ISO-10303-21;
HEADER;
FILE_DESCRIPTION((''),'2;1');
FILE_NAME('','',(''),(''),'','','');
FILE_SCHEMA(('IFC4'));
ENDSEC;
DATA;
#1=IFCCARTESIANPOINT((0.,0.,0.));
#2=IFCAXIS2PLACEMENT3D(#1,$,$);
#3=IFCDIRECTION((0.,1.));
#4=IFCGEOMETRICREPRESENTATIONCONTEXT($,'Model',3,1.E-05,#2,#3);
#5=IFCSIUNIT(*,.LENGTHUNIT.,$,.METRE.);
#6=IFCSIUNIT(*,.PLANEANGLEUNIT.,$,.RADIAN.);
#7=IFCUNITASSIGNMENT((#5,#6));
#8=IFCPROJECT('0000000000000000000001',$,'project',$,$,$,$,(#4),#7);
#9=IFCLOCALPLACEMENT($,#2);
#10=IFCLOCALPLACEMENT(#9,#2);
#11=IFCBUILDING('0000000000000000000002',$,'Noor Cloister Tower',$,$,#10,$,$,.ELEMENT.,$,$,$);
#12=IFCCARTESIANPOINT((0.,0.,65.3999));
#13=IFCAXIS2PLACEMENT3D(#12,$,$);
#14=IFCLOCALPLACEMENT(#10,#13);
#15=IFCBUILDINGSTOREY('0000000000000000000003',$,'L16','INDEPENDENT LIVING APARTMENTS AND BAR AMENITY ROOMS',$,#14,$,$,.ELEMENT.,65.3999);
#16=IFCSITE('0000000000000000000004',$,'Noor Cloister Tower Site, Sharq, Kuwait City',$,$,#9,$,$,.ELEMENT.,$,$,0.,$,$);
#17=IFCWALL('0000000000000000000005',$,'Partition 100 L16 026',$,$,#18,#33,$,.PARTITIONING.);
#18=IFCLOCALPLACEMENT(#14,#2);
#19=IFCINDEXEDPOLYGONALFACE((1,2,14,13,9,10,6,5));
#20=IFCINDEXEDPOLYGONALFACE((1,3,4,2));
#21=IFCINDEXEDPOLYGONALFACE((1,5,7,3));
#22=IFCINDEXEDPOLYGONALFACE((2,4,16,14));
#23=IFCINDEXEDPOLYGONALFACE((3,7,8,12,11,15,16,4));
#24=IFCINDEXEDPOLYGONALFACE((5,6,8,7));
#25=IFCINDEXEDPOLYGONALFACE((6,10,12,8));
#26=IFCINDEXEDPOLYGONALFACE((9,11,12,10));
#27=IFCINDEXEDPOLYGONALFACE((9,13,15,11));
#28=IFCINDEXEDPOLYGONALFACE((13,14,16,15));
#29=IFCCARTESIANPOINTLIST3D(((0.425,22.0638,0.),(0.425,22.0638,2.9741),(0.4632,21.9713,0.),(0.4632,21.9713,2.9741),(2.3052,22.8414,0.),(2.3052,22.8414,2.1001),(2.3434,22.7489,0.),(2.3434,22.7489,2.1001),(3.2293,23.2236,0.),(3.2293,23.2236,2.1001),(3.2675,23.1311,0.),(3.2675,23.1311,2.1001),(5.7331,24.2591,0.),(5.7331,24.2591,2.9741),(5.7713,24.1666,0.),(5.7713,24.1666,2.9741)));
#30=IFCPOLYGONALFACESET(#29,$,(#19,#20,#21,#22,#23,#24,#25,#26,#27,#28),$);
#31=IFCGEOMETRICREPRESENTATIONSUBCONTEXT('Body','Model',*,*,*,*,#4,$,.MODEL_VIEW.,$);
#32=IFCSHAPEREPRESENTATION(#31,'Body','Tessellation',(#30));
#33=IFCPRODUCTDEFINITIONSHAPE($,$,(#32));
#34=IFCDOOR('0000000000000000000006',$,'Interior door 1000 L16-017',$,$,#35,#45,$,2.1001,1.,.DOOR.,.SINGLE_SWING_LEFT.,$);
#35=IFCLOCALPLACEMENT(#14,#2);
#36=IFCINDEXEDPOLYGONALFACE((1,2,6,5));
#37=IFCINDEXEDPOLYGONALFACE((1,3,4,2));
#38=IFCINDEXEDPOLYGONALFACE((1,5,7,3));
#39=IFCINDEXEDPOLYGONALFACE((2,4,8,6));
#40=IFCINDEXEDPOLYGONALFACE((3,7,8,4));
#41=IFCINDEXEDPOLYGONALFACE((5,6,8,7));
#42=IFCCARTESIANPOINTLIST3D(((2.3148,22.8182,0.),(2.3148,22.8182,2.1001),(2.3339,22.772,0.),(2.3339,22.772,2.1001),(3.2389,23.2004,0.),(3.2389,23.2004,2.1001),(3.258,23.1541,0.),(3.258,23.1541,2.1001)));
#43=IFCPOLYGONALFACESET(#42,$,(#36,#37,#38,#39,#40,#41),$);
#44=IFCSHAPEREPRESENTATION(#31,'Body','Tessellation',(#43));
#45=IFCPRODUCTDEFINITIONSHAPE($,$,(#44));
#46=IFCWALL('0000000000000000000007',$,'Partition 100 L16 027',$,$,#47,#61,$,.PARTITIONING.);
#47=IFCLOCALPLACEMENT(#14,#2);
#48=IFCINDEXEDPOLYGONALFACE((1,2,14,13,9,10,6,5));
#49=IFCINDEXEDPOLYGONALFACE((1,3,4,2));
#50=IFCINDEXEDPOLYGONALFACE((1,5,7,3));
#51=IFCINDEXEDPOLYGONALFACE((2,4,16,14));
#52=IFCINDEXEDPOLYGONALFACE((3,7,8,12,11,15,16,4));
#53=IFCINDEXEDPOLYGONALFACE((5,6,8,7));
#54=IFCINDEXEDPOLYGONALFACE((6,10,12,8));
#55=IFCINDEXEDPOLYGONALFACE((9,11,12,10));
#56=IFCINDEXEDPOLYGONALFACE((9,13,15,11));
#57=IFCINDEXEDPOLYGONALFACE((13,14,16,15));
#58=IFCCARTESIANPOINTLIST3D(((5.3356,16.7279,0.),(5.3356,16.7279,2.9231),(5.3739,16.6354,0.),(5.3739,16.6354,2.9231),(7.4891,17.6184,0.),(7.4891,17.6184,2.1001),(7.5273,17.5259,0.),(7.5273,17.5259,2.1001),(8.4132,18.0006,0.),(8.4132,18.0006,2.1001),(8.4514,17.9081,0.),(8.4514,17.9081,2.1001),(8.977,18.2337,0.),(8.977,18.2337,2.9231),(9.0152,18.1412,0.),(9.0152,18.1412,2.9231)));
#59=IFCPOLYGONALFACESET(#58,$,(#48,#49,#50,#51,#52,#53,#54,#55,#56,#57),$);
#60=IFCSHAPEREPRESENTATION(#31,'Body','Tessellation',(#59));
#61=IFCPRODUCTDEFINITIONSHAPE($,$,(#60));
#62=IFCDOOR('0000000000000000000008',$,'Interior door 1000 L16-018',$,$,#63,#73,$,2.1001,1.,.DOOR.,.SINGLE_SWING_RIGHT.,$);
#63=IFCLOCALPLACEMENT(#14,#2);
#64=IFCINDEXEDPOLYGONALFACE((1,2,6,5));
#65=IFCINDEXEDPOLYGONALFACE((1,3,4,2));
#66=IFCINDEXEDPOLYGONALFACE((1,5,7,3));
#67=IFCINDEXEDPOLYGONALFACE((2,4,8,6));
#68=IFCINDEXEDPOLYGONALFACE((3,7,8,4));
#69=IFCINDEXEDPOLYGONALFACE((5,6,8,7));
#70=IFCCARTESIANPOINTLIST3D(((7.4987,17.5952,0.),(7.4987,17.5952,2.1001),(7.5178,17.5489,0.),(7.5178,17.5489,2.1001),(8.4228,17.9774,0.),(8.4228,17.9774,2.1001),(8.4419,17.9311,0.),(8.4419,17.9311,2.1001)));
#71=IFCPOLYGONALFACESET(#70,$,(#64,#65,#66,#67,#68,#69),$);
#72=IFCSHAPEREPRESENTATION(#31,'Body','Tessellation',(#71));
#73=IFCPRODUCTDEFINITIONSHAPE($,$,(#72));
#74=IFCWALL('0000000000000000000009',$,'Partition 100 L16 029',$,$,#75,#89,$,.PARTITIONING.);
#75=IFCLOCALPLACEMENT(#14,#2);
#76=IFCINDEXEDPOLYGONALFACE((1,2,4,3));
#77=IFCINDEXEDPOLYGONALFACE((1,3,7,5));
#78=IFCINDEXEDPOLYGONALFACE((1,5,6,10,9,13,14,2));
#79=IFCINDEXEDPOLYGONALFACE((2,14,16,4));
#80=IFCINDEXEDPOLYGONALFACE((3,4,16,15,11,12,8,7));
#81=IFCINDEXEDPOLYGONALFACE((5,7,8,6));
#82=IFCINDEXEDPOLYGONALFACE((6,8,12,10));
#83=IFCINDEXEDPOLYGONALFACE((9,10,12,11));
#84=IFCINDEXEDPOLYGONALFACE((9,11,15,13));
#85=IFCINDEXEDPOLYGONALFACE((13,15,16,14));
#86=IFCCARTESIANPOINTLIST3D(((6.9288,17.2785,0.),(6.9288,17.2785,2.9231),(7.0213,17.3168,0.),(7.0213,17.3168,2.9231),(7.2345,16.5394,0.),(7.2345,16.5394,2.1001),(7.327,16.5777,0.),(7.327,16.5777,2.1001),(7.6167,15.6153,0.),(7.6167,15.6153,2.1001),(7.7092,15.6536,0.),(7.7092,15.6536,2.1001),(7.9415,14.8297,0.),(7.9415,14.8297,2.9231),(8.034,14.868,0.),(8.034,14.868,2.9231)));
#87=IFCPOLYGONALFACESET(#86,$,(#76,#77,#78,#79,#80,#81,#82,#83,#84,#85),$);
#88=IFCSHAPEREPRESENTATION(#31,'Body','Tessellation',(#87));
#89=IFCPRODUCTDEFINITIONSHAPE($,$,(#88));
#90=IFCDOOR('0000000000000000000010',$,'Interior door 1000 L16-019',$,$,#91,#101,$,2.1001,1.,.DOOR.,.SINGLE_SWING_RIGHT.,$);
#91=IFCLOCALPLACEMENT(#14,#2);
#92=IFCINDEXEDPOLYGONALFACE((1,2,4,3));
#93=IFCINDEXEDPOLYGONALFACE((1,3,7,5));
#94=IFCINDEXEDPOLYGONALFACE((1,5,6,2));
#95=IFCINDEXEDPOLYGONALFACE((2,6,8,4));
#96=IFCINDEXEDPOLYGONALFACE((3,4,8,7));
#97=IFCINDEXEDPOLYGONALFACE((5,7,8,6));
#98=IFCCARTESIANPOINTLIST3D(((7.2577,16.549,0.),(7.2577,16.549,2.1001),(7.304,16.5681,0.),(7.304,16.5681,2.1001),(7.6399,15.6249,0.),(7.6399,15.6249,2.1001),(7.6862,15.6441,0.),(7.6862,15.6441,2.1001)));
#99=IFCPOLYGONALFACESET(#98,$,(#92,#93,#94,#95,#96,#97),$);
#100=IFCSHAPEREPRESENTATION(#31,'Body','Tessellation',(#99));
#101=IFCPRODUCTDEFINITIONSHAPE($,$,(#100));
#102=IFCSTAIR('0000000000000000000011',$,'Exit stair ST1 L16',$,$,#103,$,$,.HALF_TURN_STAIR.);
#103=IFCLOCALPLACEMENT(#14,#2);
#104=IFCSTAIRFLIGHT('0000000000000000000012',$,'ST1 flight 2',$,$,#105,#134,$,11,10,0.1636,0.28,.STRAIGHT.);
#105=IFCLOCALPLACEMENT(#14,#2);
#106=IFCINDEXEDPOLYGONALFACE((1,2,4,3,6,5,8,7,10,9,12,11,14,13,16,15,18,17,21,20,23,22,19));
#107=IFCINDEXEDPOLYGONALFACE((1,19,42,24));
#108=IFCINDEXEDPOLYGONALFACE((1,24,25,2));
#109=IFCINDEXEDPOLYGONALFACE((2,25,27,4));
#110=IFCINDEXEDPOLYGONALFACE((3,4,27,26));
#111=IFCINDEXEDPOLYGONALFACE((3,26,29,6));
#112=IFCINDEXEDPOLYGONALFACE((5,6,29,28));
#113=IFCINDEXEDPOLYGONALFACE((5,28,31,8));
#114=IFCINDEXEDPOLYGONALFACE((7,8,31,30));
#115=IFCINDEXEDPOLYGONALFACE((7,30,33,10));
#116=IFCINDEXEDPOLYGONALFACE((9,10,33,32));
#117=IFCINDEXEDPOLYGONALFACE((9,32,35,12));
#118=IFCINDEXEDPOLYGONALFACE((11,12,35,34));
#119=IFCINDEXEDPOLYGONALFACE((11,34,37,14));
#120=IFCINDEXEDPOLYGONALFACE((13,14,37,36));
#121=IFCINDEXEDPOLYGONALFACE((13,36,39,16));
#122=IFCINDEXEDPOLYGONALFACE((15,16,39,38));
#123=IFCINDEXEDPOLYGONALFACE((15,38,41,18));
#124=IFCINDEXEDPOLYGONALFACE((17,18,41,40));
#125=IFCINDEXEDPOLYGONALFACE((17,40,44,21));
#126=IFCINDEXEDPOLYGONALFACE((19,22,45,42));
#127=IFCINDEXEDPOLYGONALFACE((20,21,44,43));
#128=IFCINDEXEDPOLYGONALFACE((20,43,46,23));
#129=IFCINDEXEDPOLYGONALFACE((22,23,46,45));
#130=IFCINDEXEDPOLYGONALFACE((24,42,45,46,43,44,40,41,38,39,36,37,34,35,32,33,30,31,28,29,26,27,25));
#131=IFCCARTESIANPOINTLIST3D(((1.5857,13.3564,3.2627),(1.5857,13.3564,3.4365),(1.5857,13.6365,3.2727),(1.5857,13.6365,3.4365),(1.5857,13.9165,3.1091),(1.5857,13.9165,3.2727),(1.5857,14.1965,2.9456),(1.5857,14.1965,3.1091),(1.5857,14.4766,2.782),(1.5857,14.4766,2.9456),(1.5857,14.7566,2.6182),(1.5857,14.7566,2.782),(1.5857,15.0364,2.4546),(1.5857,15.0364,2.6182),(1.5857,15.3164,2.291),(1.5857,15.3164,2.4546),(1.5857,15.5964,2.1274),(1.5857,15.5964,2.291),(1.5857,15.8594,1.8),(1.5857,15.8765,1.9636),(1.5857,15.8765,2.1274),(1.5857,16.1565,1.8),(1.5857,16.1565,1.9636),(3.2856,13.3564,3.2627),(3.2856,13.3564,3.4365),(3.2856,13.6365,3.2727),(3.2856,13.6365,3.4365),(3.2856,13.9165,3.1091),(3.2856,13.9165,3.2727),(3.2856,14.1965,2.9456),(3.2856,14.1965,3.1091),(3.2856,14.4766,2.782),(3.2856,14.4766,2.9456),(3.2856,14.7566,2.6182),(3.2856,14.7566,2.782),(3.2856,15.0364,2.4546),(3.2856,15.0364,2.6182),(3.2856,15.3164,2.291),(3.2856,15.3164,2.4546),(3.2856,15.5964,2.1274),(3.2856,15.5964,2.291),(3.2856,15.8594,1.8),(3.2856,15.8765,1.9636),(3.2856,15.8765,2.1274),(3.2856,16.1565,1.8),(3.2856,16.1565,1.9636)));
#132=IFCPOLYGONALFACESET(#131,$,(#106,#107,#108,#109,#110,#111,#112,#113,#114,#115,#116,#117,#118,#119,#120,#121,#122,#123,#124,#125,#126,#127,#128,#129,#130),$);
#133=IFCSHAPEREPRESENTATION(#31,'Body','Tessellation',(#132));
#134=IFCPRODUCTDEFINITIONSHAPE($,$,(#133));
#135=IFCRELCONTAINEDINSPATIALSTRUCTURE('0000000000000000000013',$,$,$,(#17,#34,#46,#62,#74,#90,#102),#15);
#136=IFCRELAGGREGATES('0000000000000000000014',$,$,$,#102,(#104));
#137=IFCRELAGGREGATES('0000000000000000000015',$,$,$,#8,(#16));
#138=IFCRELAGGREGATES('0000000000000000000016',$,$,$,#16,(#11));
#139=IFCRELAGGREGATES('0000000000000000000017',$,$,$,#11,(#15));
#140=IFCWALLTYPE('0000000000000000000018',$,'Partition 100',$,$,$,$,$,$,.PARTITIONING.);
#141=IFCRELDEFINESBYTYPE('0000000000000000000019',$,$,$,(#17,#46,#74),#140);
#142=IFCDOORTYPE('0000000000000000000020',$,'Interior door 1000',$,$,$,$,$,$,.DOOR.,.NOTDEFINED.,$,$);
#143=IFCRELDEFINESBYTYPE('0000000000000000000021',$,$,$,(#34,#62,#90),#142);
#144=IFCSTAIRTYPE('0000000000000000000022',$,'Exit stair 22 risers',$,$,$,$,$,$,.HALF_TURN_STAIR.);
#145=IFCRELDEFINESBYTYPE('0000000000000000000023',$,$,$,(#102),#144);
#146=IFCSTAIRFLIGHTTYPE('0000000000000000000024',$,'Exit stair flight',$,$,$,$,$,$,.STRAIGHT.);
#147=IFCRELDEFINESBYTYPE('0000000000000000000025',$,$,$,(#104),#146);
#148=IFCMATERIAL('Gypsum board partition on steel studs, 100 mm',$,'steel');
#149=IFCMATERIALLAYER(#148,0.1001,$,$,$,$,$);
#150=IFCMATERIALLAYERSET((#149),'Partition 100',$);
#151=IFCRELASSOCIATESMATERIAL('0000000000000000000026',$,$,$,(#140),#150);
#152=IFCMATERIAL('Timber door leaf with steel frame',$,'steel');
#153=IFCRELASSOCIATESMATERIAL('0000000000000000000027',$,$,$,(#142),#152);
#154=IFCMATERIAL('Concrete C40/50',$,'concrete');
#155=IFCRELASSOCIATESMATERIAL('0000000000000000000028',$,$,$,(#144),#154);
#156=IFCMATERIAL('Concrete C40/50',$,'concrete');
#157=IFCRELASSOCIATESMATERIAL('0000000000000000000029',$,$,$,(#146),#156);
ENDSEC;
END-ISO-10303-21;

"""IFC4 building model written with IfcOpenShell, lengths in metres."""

from ifc_helpers import new_model, si_unit, direction, frame, frame_2d, origin, place, context, subcontext, project, spatial, polyline, rectangle, outline, extrude, material, layer, layer_set, type_object, element, fill, aggregate, save


model = new_model("IFC4")

# Units and contexts
model_context = context("Model", 3, precision=1e-05, world=origin(), true_north=direction((0.0, 1.0)))
body_context = subcontext(model_context, "Body", "Model", "MODEL_VIEW")
ifc_project = project(units=[si_unit("LENGTHUNIT", "METRE"), si_unit("PLANEANGLEUNIT", "RADIAN")], contexts=[model_context])

# Site, building, storey
site_placement = place(None, origin())
site = spatial("IfcSite", under=ifc_project, at=site_placement, Name="Noor Cloister Tower Site, Sharq, Kuwait City", CompositionType="ELEMENT", RefElevation=0.0)
building_placement = place(site_placement, origin())
building = spatial("IfcBuilding", under=site, at=building_placement, Name="Noor Cloister Tower", CompositionType="ELEMENT")
storey_placement = place(building_placement, frame((0.0, 0.0, 65.3999)))
storey = spatial("IfcBuildingStorey", under=building, at=storey_placement, Name="L16", Description="INDEPENDENT LIVING APARTMENTS AND BAR AMENITY ROOMS", CompositionType="ELEMENT", Elevation=65.3999)

# Walls, openings, doors
ifc_material_1 = material(Name="Gypsum board partition on steel studs, 100 mm", Category="steel")
ifc_layer_1 = layer(ifc_material_1, 0.1001)
ifc_layer_set_1 = layer_set([ifc_layer_1], Name="Partition 100")
wall_type = type_object("IfcWallType", Name="Partition 100", PredefinedType="PARTITIONING", material=ifc_layer_set_1)
wall_1_placement = place(storey_placement, frame((0.4441, 22.0176, 0.0), z_axis=(0.0, 0.0, 1.0), x_axis=(0.924087, 0.382182, 0.0)))
wall_1 = element("IfcWall", 1, at=wall_1_placement, inside=storey, type_object=wall_type, Name="Partition 100 L16 026", PredefinedType="PARTITIONING", context=body_context, shape_type="SweptSolid", body=[
    extrude(rectangle(XDim=5.7441, YDim=0.1001, at=frame_2d((2.8721, 0.0))), origin(), (0.0, 0.0, 1.0), 2.9741),
])
opening_1_placement = place(wall_1_placement, frame((2.0347, 0.0, 0.0)))
opening_1 = element("IfcOpeningElement", 2, at=opening_1_placement, cuts=wall_1, PredefinedType="OPENING", context=body_context, shape_type="SweptSolid", body=[
    extrude(rectangle(XDim=1.0, YDim=2.1001, at=frame_2d((0.5, 1.05))), frame((0.0, 0.0601, 0.0), z_axis=(0.0, -1.0, 0.0), x_axis=(1.0, 0.0, 0.0)), (0.0, 0.0, 1.0), 0.1201),
])
ifc_material_2 = material(Name="Timber door leaf with steel frame", Category="steel")
door_type = type_object("IfcDoorType", Name="Interior door 1000", OperationType="NOTDEFINED", PredefinedType="DOOR", material=ifc_material_2)
door_1_placement = place(opening_1_placement, origin())
door_1 = element("IfcDoor", 3, at=door_1_placement, inside=storey, type_object=door_type, Name="Interior door 1000 L16-017", OperationType="SINGLE_SWING_LEFT", OverallHeight=2.1001, OverallWidth=1.0, PredefinedType="DOOR", context=body_context, shape_type="SweptSolid", body=[
    extrude(rectangle(XDim=1.0, YDim=2.1001, at=frame_2d((0.5, 1.05))), frame((0.0, 0.0249, 0.0), z_axis=(0.0, -1.0, 0.0), x_axis=(1.0, 0.0, 0.0)), (0.0, 0.0, 1.0), 0.05),
])
fill(opening_1, door_1)
wall_2_placement = place(storey_placement, frame((5.3547, 16.6816, 0.0), z_axis=(0.0, 0.0, 1.0), x_axis=(0.924098, 0.382155, 0.0)))
wall_2 = element("IfcWall", 4, at=wall_2_placement, inside=storey, type_object=wall_type, Name="Partition 100 L16 027", PredefinedType="PARTITIONING", context=body_context, shape_type="SweptSolid", body=[
    extrude(rectangle(XDim=3.9404, YDim=0.1001, at=frame_2d((1.9702, 0.0))), origin(), (0.0, 0.0, 1.0), 2.9231),
])
opening_2_placement = place(wall_2_placement, frame((2.3303, 0.0, 0.0)))
opening_2 = element("IfcOpeningElement", 5, at=opening_2_placement, cuts=wall_2, PredefinedType="OPENING", context=body_context, shape_type="SweptSolid", body=[
    extrude(rectangle(XDim=1.0, YDim=2.1001, at=frame_2d((0.5, 1.05))), frame((0.0, 0.0601, 0.0), z_axis=(0.0, -1.0, 0.0), x_axis=(1.0, 0.0, 0.0)), (0.0, 0.0, 1.0), 0.1201),
])
door_2_placement = place(opening_2_placement, origin())
door_2 = element("IfcDoor", 6, at=door_2_placement, inside=storey, type_object=door_type, Name="Interior door 1000 L16-018", OperationType="SINGLE_SWING_RIGHT", OverallHeight=2.1001, OverallWidth=1.0, PredefinedType="DOOR", context=body_context, shape_type="SweptSolid", body=[
    extrude(rectangle(XDim=1.0, YDim=2.1001, at=frame_2d((0.5, 1.05))), frame((0.0, 0.0249, 0.0), z_axis=(0.0, -1.0, 0.0), x_axis=(1.0, 0.0, 0.0)), (0.0, 0.0, 1.0), 0.05),
])
fill(opening_2, door_2)
wall_3_placement = place(storey_placement, frame((7.9878, 14.8489, 0.0), z_axis=(0.0, 0.0, 1.0), x_axis=(-0.382167, 0.924093, 0.0)))
wall_3 = element("IfcWall", 7, at=wall_3_placement, inside=storey, type_object=wall_type, Name="Partition 100 L16 029", PredefinedType="PARTITIONING", context=body_context, shape_type="SweptSolid", body=[
    extrude(rectangle(XDim=2.6499, YDim=0.1001, at=frame_2d((1.325, 0.0))), origin(), (0.0, 0.0, 1.0), 2.9231),
])
opening_3_placement = place(wall_3_placement, frame((0.8501, 0.0, 0.0)))
opening_3 = element("IfcOpeningElement", 8, at=opening_3_placement, cuts=wall_3, PredefinedType="OPENING", context=body_context, shape_type="SweptSolid", body=[
    extrude(rectangle(XDim=1.0, YDim=2.1001, at=frame_2d((0.5, 1.05))), frame((0.0, 0.0601, 0.0), z_axis=(0.0, -1.0, 0.0), x_axis=(1.0, 0.0, 0.0)), (0.0, 0.0, 1.0), 0.1201),
])
door_3_placement = place(opening_3_placement, origin())
door_3 = element("IfcDoor", 9, at=door_3_placement, inside=storey, type_object=door_type, Name="Interior door 1000 L16-019", OperationType="SINGLE_SWING_RIGHT", OverallHeight=2.1001, OverallWidth=1.0, PredefinedType="DOOR", context=body_context, shape_type="SweptSolid", body=[
    extrude(rectangle(XDim=1.0, YDim=2.1001, at=frame_2d((0.5, 1.05))), frame((0.0, 0.0249, 0.0), z_axis=(0.0, -1.0, 0.0), x_axis=(1.0, 0.0, 0.0)), (0.0, 0.0, 1.0), 0.05),
])
fill(opening_3, door_3)

# Stair, stair flight
ifc_material_3 = material(Name="Concrete C40/50", Category="concrete")
stair_type = type_object("IfcStairType", Name="Exit stair 22 risers", PredefinedType="HALF_TURN_STAIR", material=ifc_material_3)
stair_placement = place(storey_placement, origin())
stair = element("IfcStair", 10, at=stair_placement, inside=storey, type_object=stair_type, Name="Exit stair ST1 L16", PredefinedType="HALF_TURN_STAIR")
ifc_material_4 = material(Name="Concrete C40/50", Category="concrete")
stair_flight_type = type_object("IfcStairFlightType", Name="Exit stair flight", PredefinedType="STRAIGHT", material=ifc_material_4)
stair_flight_placement = place(storey_placement, frame((2.4355, 16.1565, 1.8), z_axis=(0.0, 0.0, 1.0), x_axis=(0.0, -1.0, 0.0)))
stair_flight = element("IfcStairFlight", 11, at=stair_flight_placement, type_object=stair_flight_type, Name="ST1 flight 2", NumberOfRisers=11, NumberOfTreads=10, PredefinedType="STRAIGHT", RiserHeight=0.1636, TreadLength=0.28, context=body_context, shape_type="SweptSolid", body=[
    extrude(outline(polyline([(0.0, 0.0), (0.0, 0.1636), (0.28, 0.1636), (0.28, 0.3274), (0.5601, 0.3274), (0.5601, 0.491), (0.8401, 0.491), (0.8401, 0.6545), (1.1201, 0.6545), (1.1201, 0.8181), (1.3999, 0.8181), (1.3999, 0.9819), (1.6799, 0.9819), (1.6799, 1.1455), (1.96, 1.1455), (1.96, 1.3091), (2.24, 1.3091), (2.24, 1.4727), (2.52, 1.4727), (2.52, 1.6365), (2.8, 1.6365), (2.8, 1.8), (2.8, 1.4626), (0.2971, 0.0), (0.0, 0.0)])), frame((0.0, 0.8501, 0.0), z_axis=(0.0, -1.0, 0.0), x_axis=(1.0, 0.0, 0.0)), (0.0, 0.0, 1.0), 1.7),
])
aggregate(stair, [stair_flight])

save(model, "model.ifc")
